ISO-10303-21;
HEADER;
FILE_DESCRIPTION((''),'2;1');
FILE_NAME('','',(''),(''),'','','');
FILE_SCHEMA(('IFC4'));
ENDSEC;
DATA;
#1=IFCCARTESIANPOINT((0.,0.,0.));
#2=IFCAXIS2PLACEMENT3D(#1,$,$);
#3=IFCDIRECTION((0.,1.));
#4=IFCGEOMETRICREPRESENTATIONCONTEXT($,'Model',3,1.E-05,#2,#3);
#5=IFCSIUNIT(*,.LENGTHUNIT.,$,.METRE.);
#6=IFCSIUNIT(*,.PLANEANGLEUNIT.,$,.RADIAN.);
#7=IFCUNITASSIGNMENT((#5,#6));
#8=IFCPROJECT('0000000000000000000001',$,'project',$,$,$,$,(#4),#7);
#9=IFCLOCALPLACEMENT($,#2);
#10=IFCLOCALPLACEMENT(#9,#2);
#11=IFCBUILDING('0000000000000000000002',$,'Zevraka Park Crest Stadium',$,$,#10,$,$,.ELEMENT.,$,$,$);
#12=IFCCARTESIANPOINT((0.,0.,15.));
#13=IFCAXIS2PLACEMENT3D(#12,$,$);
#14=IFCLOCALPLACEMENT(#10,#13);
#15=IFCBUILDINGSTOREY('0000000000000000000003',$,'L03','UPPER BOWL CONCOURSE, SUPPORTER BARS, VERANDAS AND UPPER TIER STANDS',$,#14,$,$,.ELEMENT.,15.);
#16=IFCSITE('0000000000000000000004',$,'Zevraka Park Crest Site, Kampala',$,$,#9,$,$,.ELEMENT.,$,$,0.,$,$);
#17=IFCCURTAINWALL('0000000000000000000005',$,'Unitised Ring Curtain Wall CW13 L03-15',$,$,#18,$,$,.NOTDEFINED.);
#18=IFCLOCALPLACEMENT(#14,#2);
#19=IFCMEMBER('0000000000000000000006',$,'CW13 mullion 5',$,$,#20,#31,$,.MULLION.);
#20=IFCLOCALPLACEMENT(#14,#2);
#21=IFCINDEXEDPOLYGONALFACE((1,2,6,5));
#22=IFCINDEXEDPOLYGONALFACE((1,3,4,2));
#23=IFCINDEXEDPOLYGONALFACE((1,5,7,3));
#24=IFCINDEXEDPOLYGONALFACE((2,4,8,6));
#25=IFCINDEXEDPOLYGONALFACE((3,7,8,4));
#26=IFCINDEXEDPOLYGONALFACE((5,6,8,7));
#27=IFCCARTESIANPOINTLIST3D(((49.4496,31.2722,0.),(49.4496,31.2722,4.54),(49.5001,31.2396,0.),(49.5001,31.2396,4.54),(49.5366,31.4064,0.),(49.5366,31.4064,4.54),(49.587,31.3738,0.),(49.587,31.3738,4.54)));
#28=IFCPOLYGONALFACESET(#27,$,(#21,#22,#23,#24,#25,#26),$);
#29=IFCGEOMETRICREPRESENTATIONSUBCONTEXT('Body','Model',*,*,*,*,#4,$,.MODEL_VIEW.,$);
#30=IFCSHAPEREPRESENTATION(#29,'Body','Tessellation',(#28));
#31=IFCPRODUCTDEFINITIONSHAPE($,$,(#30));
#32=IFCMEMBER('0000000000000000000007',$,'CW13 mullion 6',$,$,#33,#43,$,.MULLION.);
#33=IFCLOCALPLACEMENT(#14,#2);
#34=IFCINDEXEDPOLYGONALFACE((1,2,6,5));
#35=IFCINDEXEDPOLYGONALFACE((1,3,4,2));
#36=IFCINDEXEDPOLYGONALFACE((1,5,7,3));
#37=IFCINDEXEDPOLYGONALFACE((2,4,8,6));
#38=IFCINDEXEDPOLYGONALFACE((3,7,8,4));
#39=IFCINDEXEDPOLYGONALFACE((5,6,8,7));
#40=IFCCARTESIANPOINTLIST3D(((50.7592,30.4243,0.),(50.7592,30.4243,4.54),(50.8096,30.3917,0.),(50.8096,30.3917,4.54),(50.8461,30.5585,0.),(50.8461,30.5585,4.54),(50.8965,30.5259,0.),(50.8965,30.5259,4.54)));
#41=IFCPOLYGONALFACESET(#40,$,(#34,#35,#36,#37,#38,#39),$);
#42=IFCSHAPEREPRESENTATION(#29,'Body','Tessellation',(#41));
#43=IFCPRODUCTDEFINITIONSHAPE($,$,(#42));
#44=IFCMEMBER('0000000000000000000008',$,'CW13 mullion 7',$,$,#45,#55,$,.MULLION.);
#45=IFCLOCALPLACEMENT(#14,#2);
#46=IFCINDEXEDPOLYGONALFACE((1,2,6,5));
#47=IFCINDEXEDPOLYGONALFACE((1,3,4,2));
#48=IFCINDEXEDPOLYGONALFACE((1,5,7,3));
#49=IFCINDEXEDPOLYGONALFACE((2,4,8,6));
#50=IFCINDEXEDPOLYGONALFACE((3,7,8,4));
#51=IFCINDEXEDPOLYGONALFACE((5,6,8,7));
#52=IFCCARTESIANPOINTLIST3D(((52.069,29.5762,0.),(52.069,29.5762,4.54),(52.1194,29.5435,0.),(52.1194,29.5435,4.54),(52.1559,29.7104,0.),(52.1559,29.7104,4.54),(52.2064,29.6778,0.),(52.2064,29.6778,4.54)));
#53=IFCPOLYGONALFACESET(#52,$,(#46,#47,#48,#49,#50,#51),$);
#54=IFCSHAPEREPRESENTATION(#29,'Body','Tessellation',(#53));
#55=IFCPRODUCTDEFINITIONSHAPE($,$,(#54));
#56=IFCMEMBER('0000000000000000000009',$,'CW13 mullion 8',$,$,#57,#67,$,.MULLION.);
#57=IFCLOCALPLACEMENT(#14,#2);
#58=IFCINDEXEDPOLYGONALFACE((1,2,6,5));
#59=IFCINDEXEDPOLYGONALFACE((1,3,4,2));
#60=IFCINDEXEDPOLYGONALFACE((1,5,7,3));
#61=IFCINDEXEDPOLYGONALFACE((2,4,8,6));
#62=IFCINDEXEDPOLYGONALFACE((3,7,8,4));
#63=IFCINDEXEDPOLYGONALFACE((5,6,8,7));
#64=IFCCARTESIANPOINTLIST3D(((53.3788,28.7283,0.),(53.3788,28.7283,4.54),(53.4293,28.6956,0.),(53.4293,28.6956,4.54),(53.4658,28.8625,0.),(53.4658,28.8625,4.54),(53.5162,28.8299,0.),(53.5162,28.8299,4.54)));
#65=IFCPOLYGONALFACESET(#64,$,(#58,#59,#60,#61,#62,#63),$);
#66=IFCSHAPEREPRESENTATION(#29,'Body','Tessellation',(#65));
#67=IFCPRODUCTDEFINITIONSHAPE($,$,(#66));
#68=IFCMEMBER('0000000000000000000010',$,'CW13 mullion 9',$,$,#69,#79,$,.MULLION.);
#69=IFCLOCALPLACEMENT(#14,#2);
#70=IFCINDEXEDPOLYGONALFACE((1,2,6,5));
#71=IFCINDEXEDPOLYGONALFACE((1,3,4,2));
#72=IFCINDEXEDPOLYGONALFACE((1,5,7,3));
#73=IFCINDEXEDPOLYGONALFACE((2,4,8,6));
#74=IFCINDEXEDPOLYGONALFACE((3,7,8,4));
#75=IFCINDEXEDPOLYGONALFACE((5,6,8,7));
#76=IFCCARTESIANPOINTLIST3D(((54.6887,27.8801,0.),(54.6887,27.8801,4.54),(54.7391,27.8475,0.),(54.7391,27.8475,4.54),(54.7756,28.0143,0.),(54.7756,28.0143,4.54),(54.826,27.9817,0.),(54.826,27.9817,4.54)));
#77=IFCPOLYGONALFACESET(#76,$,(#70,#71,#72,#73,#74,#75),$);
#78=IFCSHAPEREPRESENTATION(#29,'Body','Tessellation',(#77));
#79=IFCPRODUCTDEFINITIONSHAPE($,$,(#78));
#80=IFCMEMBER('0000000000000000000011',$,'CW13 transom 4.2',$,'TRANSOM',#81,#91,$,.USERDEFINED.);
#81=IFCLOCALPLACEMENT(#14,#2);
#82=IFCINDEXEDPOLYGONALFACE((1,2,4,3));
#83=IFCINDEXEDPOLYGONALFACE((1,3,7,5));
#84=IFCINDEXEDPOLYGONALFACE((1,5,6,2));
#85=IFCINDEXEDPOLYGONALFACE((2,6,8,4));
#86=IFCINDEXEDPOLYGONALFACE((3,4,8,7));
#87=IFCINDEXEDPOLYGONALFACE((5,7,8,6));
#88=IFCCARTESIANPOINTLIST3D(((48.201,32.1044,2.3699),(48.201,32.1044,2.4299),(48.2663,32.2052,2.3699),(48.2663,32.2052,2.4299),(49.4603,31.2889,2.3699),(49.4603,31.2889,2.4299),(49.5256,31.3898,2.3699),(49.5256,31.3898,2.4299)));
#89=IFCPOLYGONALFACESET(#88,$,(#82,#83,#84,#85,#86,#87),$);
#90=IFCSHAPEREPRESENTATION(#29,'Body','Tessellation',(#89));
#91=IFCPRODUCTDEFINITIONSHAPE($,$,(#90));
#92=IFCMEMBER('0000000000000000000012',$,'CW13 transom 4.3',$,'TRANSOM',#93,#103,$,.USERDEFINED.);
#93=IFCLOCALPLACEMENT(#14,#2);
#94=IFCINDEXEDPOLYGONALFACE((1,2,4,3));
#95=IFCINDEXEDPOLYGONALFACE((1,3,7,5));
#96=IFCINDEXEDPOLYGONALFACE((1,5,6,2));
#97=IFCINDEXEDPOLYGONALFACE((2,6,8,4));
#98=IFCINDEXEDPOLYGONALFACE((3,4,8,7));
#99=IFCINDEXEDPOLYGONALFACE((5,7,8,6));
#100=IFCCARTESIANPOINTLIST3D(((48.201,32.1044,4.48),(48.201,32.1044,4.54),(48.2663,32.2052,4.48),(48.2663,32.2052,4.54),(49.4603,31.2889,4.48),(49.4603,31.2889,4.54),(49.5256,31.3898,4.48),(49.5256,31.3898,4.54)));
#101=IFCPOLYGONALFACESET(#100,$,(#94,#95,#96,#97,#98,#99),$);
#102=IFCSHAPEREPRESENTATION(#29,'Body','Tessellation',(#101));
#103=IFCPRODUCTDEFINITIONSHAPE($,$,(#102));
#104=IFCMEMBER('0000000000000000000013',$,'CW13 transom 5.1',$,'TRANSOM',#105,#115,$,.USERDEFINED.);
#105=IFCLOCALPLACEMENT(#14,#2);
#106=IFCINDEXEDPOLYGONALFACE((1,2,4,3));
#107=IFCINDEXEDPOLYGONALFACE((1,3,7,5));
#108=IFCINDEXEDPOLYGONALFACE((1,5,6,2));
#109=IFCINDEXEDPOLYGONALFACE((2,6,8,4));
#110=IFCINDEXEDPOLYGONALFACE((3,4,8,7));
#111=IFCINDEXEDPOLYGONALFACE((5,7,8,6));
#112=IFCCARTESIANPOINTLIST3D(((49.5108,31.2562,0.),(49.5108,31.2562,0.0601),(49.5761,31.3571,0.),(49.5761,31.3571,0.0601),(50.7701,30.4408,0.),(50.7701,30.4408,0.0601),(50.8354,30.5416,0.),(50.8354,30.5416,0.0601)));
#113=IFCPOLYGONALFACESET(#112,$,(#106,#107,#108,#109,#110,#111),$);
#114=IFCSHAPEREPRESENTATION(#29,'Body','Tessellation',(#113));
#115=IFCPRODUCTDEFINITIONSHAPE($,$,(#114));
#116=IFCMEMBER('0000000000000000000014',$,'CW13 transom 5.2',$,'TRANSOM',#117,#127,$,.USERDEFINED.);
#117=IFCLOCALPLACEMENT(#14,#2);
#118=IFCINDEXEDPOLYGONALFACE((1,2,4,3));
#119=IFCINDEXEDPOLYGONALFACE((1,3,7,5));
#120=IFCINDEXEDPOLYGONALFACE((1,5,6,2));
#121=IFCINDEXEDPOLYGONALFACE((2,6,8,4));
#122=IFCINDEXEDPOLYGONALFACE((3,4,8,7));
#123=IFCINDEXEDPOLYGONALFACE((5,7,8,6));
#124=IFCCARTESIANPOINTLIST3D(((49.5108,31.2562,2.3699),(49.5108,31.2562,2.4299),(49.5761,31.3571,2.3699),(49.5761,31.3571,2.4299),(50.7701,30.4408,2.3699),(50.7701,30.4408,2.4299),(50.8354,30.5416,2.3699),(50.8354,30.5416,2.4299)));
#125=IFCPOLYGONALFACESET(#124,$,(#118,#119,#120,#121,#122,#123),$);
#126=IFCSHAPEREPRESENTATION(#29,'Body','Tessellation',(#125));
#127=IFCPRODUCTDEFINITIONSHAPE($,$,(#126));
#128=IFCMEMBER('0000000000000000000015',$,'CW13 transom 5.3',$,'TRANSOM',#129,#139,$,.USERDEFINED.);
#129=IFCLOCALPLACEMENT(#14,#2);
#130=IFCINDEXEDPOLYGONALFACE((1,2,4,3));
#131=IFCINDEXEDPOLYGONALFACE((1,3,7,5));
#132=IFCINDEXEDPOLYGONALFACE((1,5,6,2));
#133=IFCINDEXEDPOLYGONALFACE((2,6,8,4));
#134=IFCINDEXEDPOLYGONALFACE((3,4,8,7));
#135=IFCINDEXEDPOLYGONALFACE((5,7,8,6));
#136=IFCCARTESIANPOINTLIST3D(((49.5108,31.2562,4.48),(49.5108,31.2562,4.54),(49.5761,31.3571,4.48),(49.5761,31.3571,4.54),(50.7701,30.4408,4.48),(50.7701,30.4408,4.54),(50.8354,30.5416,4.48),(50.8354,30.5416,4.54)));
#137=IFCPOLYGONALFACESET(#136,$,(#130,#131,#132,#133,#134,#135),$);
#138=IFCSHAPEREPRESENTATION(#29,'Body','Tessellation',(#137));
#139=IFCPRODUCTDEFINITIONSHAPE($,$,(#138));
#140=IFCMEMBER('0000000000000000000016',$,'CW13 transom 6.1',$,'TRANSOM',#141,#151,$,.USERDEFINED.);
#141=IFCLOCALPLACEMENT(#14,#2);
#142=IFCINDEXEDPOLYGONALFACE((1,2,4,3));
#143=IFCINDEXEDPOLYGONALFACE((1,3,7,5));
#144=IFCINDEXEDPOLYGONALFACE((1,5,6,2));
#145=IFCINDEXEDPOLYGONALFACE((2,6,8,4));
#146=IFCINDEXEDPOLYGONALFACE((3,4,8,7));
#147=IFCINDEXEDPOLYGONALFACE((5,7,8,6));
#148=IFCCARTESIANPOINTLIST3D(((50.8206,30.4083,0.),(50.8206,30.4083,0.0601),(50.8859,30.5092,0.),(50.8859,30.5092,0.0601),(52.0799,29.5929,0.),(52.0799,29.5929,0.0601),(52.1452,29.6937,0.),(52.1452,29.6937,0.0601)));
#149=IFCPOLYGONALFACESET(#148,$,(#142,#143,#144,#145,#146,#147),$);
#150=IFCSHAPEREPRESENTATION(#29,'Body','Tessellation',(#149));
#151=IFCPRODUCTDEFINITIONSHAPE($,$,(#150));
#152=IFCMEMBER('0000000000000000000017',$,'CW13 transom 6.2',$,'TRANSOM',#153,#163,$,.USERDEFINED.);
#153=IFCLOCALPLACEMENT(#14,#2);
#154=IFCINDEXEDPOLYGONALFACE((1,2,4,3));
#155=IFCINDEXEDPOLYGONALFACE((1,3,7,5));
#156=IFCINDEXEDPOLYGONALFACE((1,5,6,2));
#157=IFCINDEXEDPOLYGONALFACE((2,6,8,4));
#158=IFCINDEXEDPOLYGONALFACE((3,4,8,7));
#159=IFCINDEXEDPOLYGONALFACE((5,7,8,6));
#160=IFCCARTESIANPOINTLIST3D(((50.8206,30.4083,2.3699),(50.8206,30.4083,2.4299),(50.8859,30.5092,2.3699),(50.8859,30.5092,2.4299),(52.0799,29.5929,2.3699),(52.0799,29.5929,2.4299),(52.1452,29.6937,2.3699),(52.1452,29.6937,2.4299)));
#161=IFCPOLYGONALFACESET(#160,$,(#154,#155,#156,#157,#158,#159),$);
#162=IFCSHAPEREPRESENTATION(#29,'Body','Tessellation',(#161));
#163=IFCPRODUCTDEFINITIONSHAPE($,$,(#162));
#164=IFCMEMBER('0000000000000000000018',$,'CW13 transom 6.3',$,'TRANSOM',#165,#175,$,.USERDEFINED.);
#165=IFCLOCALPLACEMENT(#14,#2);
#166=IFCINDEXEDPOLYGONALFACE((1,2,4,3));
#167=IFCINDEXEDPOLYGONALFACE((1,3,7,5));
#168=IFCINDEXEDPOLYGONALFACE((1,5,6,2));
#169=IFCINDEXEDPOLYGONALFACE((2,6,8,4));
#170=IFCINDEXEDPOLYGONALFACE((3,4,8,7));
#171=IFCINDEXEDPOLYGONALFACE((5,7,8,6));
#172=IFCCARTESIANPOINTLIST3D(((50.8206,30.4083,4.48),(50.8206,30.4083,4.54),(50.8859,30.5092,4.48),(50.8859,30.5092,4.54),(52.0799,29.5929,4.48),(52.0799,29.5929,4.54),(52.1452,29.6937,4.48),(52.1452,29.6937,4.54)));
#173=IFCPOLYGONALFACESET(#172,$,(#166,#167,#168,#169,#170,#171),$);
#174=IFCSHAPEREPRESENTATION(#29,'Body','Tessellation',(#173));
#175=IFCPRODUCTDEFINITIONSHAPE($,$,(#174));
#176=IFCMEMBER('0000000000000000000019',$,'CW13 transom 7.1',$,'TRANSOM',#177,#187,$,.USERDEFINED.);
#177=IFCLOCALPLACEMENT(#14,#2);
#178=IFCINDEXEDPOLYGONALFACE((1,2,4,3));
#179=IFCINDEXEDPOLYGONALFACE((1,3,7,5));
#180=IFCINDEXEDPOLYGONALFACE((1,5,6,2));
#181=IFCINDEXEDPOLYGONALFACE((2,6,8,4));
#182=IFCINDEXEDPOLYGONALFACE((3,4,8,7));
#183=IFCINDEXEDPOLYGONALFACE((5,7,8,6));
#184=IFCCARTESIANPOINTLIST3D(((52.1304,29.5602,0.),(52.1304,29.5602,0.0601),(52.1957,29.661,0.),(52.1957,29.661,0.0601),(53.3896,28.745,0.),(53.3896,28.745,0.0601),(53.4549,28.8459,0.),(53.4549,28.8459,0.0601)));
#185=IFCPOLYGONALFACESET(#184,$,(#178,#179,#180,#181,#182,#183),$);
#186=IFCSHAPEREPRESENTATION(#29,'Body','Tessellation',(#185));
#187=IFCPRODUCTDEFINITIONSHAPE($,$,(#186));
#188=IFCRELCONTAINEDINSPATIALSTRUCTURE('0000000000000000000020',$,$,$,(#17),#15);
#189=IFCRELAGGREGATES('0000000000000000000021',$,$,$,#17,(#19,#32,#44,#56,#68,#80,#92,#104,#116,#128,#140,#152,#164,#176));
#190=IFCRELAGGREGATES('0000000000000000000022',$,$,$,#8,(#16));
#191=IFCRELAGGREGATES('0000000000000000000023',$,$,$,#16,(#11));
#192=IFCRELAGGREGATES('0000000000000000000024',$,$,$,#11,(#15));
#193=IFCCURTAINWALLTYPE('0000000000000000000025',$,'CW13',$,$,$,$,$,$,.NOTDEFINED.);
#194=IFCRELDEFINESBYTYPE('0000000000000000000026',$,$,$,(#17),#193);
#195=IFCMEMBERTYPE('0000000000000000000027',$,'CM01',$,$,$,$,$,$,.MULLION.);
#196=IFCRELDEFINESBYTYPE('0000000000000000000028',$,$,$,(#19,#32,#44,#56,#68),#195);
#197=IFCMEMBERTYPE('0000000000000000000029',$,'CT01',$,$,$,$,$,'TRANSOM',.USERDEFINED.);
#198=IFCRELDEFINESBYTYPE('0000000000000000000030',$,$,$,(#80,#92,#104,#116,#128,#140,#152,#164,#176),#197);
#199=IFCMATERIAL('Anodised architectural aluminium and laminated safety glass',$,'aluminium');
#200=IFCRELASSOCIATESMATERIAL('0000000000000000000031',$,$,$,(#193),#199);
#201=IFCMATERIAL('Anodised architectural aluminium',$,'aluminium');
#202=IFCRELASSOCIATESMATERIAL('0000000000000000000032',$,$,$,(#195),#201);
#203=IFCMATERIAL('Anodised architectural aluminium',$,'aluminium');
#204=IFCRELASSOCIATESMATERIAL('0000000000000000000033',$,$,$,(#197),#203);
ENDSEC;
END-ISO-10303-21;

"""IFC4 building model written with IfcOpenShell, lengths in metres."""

from ifc_helpers import new_model, si_unit, direction, frame, origin, origin_2d, place, context, subcontext, project, spatial, rectangle, extrude, material, material_profile, profile_set, type_object, element, aggregate, save


model = new_model("IFC4")

# Units and contexts
model_context = context("Model", 3, precision=1e-05, world=origin(), true_north=direction((0.0, 1.0)))
body_context = subcontext(model_context, "Body", "Model", "MODEL_VIEW")
ifc_project = project(units=[si_unit("LENGTHUNIT", "METRE"), si_unit("PLANEANGLEUNIT", "RADIAN")], contexts=[model_context])

# Site, building, storey
site_placement = place(None, origin())
site = spatial("IfcSite", under=ifc_project, at=site_placement, Name="Zevraka Park Crest Site, Kampala", CompositionType="ELEMENT", RefElevation=0.0)
building_placement = place(site_placement, origin())
building = spatial("IfcBuilding", under=site, at=building_placement, Name="Zevraka Park Crest Stadium", CompositionType="ELEMENT")
storey_placement = place(building_placement, frame((0.0, 0.0, 15.0)))
storey = spatial("IfcBuildingStorey", under=building, at=storey_placement, Name="L03", Description="UPPER BOWL CONCOURSE, SUPPORTER BARS, VERANDAS AND UPPER TIER STANDS", CompositionType="ELEMENT", Elevation=15.0)

# Curtain wall, members
ifc_material_1 = material(Name="Anodised architectural aluminium and laminated safety glass", Category="aluminium")
curtain_wall_type = type_object("IfcCurtainWallType", Name="CW13", PredefinedType="NOTDEFINED", material=ifc_material_1)
curtain_wall_placement = place(storey_placement, origin())
curtain_wall = element("IfcCurtainWall", 1, at=curtain_wall_placement, inside=storey, type_object=curtain_wall_type, Name="Unitised Ring Curtain Wall CW13 L03-15", PredefinedType="NOTDEFINED")
ifc_material_2 = material(Name="Anodised architectural aluminium", Category="aluminium")
ifc_material_profile_1 = material_profile(ifc_material_2, rectangle(XDim=0.1599, YDim=0.0601, at=origin_2d()), Name="ALU MULLION 160x60")
ifc_profile_set_1 = profile_set([ifc_material_profile_1], Name="Anodised architectural aluminium")
member_type_1 = type_object("IfcMemberType", Name="CM01", PredefinedType="MULLION", material=ifc_profile_set_1)
member_1_placement = place(storey_placement, frame((49.5183, 31.323, 0.0), z_axis=(0.0, 0.0, 1.0), x_axis=(0.543469, 0.839429, 0.0)))
member_1 = element("IfcMember", 2, at=member_1_placement, type_object=member_type_1, Name="CW13 mullion 5", PredefinedType="MULLION", context=body_context, shape_type="SweptSolid", body=[
    extrude(rectangle(XDim=0.1599, YDim=0.0601, at=origin_2d()), origin(), (0.0, 0.0, 1.0), 4.54),
])
member_2_placement = place(storey_placement, frame((50.8279, 30.4751, 0.0), z_axis=(0.0, 0.0, 1.0), x_axis=(0.543469, 0.839429, 0.0)))
member_2 = element("IfcMember", 3, at=member_2_placement, type_object=member_type_1, Name="CW13 mullion 6", PredefinedType="MULLION", context=body_context, shape_type="SweptSolid", body=[
    extrude(rectangle(XDim=0.1599, YDim=0.0601, at=origin_2d()), origin(), (0.0, 0.0, 1.0), 4.54),
])
member_3_placement = place(storey_placement, frame((52.1377, 29.627, 0.0), z_axis=(0.0, 0.0, 1.0), x_axis=(0.543469, 0.839429, 0.0)))
member_3 = element("IfcMember", 4, at=member_3_placement, type_object=member_type_1, Name="CW13 mullion 7", PredefinedType="MULLION", context=body_context, shape_type="SweptSolid", body=[
    extrude(rectangle(XDim=0.1599, YDim=0.0601, at=origin_2d()), origin(), (0.0, 0.0, 1.0), 4.54),
])
member_4_placement = place(storey_placement, frame((53.4475, 28.7791, 0.0), z_axis=(0.0, 0.0, 1.0), x_axis=(0.543469, 0.839429, 0.0)))
member_4 = element("IfcMember", 5, at=member_4_placement, type_object=member_type_1, Name="CW13 mullion 8", PredefinedType="MULLION", context=body_context, shape_type="SweptSolid", body=[
    extrude(rectangle(XDim=0.1599, YDim=0.0601, at=origin_2d()), origin(), (0.0, 0.0, 1.0), 4.54),
])
member_5_placement = place(storey_placement, frame((54.7573, 27.9309, 0.0), z_axis=(0.0, 0.0, 1.0), x_axis=(0.543469, 0.839429, 0.0)))
member_5 = element("IfcMember", 6, at=member_5_placement, type_object=member_type_1, Name="CW13 mullion 9", PredefinedType="MULLION", context=body_context, shape_type="SweptSolid", body=[
    extrude(rectangle(XDim=0.1599, YDim=0.0601, at=origin_2d()), origin(), (0.0, 0.0, 1.0), 4.54),
])
ifc_material_3 = material(Name="Anodised architectural aluminium", Category="aluminium")
ifc_material_profile_2 = material_profile(ifc_material_3, rectangle(XDim=0.1201, YDim=0.0601, at=origin_2d()), Name="ALU TRANSOM 120x60")
ifc_profile_set_2 = profile_set([ifc_material_profile_2], Name="Anodised architectural aluminium")
member_type_2 = type_object("IfcMemberType", Name="CT01", ElementType="TRANSOM", PredefinedType="USERDEFINED", material=ifc_profile_set_2)
member_6_placement = place(storey_placement, frame((48.2336, 32.1548, 2.3999), z_axis=(0.839387, -0.543535, 0.0), x_axis=(0.543535, 0.839387, 0.0)))
member_6 = element("IfcMember", 7, at=member_6_placement, type_object=member_type_2, Name="CW13 transom 4.2", ObjectType="TRANSOM", PredefinedType="USERDEFINED", context=body_context, shape_type="SweptSolid", body=[
    extrude(rectangle(XDim=0.1201, YDim=0.0601, at=origin_2d()), origin(), (0.0, 0.0, 1.0), 1.5002),
])
member_7_placement = place(storey_placement, frame((48.2336, 32.1548, 4.51), z_axis=(0.839387, -0.543535, 0.0), x_axis=(0.543535, 0.839387, 0.0)))
member_7 = element("IfcMember", 8, at=member_7_placement, type_object=member_type_2, Name="CW13 transom 4.3", ObjectType="TRANSOM", PredefinedType="USERDEFINED", context=body_context, shape_type="SweptSolid", body=[
    extrude(rectangle(XDim=0.1201, YDim=0.0601, at=origin_2d()), origin(), (0.0, 0.0, 1.0), 1.5002),
])
member_8_placement = place(storey_placement, frame((49.5435, 31.3066, 0.03), z_axis=(0.839387, -0.543535, 0.0), x_axis=(0.543535, 0.839387, 0.0)))
member_8 = element("IfcMember", 9, at=member_8_placement, type_object=member_type_2, Name="CW13 transom 5.1", ObjectType="TRANSOM", PredefinedType="USERDEFINED", context=body_context, shape_type="SweptSolid", body=[
    extrude(rectangle(XDim=0.1201, YDim=0.0601, at=origin_2d()), origin(), (0.0, 0.0, 1.0), 1.5002),
])
member_9_placement = place(storey_placement, frame((49.5435, 31.3066, 2.3999), z_axis=(0.839387, -0.543535, 0.0), x_axis=(0.543535, 0.839387, 0.0)))
member_9 = element("IfcMember", 10, at=member_9_placement, type_object=member_type_2, Name="CW13 transom 5.2", ObjectType="TRANSOM", PredefinedType="USERDEFINED", context=body_context, shape_type="SweptSolid", body=[
    extrude(rectangle(XDim=0.1201, YDim=0.0601, at=origin_2d()), origin(), (0.0, 0.0, 1.0), 1.5002),
])
member_10_placement = place(storey_placement, frame((49.5435, 31.3066, 4.51), z_axis=(0.839387, -0.543535, 0.0), x_axis=(0.543535, 0.839387, 0.0)))
member_10 = element("IfcMember", 11, at=member_10_placement, type_object=member_type_2, Name="CW13 transom 5.3", ObjectType="TRANSOM", PredefinedType="USERDEFINED", context=body_context, shape_type="SweptSolid", body=[
    extrude(rectangle(XDim=0.1201, YDim=0.0601, at=origin_2d()), origin(), (0.0, 0.0, 1.0), 1.5002),
])
member_11_placement = place(storey_placement, frame((50.8533, 30.4587, 0.03), z_axis=(0.839387, -0.543535, 0.0), x_axis=(0.543535, 0.839387, 0.0)))
member_11 = element("IfcMember", 12, at=member_11_placement, type_object=member_type_2, Name="CW13 transom 6.1", ObjectType="TRANSOM", PredefinedType="USERDEFINED", context=body_context, shape_type="SweptSolid", body=[
    extrude(rectangle(XDim=0.1201, YDim=0.0601, at=origin_2d()), origin(), (0.0, 0.0, 1.0), 1.5002),
])
member_12_placement = place(storey_placement, frame((50.8533, 30.4587, 2.3999), z_axis=(0.839387, -0.543535, 0.0), x_axis=(0.543535, 0.839387, 0.0)))
member_12 = element("IfcMember", 13, at=member_12_placement, type_object=member_type_2, Name="CW13 transom 6.2", ObjectType="TRANSOM", PredefinedType="USERDEFINED", context=body_context, shape_type="SweptSolid", body=[
    extrude(rectangle(XDim=0.1201, YDim=0.0601, at=origin_2d()), origin(), (0.0, 0.0, 1.0), 1.5002),
])
member_13_placement = place(storey_placement, frame((50.8533, 30.4587, 4.51), z_axis=(0.839387, -0.543535, 0.0), x_axis=(0.543535, 0.839387, 0.0)))
member_13 = element("IfcMember", 14, at=member_13_placement, type_object=member_type_2, Name="CW13 transom 6.3", ObjectType="TRANSOM", PredefinedType="USERDEFINED", context=body_context, shape_type="SweptSolid", body=[
    extrude(rectangle(XDim=0.1201, YDim=0.0601, at=origin_2d()), origin(), (0.0, 0.0, 1.0), 1.5002),
])
member_14_placement = place(storey_placement, frame((52.1631, 29.6106, 0.03), z_axis=(0.839461, -0.54342, 0.0), x_axis=(0.54342, 0.839461, 0.0)))
member_14 = element("IfcMember", 15, at=member_14_placement, type_object=member_type_2, Name="CW13 transom 7.1", ObjectType="TRANSOM", PredefinedType="USERDEFINED", context=body_context, shape_type="SweptSolid", body=[
    extrude(rectangle(XDim=0.1201, YDim=0.0601, at=origin_2d()), origin(), (0.0, 0.0, 1.0), 1.5),
])
aggregate(curtain_wall, [member_1, member_2, member_3, member_4, member_5, member_6, member_7, member_8, member_9, member_10, member_11, member_12, member_13, member_14])

save(model, "model.ifc")
